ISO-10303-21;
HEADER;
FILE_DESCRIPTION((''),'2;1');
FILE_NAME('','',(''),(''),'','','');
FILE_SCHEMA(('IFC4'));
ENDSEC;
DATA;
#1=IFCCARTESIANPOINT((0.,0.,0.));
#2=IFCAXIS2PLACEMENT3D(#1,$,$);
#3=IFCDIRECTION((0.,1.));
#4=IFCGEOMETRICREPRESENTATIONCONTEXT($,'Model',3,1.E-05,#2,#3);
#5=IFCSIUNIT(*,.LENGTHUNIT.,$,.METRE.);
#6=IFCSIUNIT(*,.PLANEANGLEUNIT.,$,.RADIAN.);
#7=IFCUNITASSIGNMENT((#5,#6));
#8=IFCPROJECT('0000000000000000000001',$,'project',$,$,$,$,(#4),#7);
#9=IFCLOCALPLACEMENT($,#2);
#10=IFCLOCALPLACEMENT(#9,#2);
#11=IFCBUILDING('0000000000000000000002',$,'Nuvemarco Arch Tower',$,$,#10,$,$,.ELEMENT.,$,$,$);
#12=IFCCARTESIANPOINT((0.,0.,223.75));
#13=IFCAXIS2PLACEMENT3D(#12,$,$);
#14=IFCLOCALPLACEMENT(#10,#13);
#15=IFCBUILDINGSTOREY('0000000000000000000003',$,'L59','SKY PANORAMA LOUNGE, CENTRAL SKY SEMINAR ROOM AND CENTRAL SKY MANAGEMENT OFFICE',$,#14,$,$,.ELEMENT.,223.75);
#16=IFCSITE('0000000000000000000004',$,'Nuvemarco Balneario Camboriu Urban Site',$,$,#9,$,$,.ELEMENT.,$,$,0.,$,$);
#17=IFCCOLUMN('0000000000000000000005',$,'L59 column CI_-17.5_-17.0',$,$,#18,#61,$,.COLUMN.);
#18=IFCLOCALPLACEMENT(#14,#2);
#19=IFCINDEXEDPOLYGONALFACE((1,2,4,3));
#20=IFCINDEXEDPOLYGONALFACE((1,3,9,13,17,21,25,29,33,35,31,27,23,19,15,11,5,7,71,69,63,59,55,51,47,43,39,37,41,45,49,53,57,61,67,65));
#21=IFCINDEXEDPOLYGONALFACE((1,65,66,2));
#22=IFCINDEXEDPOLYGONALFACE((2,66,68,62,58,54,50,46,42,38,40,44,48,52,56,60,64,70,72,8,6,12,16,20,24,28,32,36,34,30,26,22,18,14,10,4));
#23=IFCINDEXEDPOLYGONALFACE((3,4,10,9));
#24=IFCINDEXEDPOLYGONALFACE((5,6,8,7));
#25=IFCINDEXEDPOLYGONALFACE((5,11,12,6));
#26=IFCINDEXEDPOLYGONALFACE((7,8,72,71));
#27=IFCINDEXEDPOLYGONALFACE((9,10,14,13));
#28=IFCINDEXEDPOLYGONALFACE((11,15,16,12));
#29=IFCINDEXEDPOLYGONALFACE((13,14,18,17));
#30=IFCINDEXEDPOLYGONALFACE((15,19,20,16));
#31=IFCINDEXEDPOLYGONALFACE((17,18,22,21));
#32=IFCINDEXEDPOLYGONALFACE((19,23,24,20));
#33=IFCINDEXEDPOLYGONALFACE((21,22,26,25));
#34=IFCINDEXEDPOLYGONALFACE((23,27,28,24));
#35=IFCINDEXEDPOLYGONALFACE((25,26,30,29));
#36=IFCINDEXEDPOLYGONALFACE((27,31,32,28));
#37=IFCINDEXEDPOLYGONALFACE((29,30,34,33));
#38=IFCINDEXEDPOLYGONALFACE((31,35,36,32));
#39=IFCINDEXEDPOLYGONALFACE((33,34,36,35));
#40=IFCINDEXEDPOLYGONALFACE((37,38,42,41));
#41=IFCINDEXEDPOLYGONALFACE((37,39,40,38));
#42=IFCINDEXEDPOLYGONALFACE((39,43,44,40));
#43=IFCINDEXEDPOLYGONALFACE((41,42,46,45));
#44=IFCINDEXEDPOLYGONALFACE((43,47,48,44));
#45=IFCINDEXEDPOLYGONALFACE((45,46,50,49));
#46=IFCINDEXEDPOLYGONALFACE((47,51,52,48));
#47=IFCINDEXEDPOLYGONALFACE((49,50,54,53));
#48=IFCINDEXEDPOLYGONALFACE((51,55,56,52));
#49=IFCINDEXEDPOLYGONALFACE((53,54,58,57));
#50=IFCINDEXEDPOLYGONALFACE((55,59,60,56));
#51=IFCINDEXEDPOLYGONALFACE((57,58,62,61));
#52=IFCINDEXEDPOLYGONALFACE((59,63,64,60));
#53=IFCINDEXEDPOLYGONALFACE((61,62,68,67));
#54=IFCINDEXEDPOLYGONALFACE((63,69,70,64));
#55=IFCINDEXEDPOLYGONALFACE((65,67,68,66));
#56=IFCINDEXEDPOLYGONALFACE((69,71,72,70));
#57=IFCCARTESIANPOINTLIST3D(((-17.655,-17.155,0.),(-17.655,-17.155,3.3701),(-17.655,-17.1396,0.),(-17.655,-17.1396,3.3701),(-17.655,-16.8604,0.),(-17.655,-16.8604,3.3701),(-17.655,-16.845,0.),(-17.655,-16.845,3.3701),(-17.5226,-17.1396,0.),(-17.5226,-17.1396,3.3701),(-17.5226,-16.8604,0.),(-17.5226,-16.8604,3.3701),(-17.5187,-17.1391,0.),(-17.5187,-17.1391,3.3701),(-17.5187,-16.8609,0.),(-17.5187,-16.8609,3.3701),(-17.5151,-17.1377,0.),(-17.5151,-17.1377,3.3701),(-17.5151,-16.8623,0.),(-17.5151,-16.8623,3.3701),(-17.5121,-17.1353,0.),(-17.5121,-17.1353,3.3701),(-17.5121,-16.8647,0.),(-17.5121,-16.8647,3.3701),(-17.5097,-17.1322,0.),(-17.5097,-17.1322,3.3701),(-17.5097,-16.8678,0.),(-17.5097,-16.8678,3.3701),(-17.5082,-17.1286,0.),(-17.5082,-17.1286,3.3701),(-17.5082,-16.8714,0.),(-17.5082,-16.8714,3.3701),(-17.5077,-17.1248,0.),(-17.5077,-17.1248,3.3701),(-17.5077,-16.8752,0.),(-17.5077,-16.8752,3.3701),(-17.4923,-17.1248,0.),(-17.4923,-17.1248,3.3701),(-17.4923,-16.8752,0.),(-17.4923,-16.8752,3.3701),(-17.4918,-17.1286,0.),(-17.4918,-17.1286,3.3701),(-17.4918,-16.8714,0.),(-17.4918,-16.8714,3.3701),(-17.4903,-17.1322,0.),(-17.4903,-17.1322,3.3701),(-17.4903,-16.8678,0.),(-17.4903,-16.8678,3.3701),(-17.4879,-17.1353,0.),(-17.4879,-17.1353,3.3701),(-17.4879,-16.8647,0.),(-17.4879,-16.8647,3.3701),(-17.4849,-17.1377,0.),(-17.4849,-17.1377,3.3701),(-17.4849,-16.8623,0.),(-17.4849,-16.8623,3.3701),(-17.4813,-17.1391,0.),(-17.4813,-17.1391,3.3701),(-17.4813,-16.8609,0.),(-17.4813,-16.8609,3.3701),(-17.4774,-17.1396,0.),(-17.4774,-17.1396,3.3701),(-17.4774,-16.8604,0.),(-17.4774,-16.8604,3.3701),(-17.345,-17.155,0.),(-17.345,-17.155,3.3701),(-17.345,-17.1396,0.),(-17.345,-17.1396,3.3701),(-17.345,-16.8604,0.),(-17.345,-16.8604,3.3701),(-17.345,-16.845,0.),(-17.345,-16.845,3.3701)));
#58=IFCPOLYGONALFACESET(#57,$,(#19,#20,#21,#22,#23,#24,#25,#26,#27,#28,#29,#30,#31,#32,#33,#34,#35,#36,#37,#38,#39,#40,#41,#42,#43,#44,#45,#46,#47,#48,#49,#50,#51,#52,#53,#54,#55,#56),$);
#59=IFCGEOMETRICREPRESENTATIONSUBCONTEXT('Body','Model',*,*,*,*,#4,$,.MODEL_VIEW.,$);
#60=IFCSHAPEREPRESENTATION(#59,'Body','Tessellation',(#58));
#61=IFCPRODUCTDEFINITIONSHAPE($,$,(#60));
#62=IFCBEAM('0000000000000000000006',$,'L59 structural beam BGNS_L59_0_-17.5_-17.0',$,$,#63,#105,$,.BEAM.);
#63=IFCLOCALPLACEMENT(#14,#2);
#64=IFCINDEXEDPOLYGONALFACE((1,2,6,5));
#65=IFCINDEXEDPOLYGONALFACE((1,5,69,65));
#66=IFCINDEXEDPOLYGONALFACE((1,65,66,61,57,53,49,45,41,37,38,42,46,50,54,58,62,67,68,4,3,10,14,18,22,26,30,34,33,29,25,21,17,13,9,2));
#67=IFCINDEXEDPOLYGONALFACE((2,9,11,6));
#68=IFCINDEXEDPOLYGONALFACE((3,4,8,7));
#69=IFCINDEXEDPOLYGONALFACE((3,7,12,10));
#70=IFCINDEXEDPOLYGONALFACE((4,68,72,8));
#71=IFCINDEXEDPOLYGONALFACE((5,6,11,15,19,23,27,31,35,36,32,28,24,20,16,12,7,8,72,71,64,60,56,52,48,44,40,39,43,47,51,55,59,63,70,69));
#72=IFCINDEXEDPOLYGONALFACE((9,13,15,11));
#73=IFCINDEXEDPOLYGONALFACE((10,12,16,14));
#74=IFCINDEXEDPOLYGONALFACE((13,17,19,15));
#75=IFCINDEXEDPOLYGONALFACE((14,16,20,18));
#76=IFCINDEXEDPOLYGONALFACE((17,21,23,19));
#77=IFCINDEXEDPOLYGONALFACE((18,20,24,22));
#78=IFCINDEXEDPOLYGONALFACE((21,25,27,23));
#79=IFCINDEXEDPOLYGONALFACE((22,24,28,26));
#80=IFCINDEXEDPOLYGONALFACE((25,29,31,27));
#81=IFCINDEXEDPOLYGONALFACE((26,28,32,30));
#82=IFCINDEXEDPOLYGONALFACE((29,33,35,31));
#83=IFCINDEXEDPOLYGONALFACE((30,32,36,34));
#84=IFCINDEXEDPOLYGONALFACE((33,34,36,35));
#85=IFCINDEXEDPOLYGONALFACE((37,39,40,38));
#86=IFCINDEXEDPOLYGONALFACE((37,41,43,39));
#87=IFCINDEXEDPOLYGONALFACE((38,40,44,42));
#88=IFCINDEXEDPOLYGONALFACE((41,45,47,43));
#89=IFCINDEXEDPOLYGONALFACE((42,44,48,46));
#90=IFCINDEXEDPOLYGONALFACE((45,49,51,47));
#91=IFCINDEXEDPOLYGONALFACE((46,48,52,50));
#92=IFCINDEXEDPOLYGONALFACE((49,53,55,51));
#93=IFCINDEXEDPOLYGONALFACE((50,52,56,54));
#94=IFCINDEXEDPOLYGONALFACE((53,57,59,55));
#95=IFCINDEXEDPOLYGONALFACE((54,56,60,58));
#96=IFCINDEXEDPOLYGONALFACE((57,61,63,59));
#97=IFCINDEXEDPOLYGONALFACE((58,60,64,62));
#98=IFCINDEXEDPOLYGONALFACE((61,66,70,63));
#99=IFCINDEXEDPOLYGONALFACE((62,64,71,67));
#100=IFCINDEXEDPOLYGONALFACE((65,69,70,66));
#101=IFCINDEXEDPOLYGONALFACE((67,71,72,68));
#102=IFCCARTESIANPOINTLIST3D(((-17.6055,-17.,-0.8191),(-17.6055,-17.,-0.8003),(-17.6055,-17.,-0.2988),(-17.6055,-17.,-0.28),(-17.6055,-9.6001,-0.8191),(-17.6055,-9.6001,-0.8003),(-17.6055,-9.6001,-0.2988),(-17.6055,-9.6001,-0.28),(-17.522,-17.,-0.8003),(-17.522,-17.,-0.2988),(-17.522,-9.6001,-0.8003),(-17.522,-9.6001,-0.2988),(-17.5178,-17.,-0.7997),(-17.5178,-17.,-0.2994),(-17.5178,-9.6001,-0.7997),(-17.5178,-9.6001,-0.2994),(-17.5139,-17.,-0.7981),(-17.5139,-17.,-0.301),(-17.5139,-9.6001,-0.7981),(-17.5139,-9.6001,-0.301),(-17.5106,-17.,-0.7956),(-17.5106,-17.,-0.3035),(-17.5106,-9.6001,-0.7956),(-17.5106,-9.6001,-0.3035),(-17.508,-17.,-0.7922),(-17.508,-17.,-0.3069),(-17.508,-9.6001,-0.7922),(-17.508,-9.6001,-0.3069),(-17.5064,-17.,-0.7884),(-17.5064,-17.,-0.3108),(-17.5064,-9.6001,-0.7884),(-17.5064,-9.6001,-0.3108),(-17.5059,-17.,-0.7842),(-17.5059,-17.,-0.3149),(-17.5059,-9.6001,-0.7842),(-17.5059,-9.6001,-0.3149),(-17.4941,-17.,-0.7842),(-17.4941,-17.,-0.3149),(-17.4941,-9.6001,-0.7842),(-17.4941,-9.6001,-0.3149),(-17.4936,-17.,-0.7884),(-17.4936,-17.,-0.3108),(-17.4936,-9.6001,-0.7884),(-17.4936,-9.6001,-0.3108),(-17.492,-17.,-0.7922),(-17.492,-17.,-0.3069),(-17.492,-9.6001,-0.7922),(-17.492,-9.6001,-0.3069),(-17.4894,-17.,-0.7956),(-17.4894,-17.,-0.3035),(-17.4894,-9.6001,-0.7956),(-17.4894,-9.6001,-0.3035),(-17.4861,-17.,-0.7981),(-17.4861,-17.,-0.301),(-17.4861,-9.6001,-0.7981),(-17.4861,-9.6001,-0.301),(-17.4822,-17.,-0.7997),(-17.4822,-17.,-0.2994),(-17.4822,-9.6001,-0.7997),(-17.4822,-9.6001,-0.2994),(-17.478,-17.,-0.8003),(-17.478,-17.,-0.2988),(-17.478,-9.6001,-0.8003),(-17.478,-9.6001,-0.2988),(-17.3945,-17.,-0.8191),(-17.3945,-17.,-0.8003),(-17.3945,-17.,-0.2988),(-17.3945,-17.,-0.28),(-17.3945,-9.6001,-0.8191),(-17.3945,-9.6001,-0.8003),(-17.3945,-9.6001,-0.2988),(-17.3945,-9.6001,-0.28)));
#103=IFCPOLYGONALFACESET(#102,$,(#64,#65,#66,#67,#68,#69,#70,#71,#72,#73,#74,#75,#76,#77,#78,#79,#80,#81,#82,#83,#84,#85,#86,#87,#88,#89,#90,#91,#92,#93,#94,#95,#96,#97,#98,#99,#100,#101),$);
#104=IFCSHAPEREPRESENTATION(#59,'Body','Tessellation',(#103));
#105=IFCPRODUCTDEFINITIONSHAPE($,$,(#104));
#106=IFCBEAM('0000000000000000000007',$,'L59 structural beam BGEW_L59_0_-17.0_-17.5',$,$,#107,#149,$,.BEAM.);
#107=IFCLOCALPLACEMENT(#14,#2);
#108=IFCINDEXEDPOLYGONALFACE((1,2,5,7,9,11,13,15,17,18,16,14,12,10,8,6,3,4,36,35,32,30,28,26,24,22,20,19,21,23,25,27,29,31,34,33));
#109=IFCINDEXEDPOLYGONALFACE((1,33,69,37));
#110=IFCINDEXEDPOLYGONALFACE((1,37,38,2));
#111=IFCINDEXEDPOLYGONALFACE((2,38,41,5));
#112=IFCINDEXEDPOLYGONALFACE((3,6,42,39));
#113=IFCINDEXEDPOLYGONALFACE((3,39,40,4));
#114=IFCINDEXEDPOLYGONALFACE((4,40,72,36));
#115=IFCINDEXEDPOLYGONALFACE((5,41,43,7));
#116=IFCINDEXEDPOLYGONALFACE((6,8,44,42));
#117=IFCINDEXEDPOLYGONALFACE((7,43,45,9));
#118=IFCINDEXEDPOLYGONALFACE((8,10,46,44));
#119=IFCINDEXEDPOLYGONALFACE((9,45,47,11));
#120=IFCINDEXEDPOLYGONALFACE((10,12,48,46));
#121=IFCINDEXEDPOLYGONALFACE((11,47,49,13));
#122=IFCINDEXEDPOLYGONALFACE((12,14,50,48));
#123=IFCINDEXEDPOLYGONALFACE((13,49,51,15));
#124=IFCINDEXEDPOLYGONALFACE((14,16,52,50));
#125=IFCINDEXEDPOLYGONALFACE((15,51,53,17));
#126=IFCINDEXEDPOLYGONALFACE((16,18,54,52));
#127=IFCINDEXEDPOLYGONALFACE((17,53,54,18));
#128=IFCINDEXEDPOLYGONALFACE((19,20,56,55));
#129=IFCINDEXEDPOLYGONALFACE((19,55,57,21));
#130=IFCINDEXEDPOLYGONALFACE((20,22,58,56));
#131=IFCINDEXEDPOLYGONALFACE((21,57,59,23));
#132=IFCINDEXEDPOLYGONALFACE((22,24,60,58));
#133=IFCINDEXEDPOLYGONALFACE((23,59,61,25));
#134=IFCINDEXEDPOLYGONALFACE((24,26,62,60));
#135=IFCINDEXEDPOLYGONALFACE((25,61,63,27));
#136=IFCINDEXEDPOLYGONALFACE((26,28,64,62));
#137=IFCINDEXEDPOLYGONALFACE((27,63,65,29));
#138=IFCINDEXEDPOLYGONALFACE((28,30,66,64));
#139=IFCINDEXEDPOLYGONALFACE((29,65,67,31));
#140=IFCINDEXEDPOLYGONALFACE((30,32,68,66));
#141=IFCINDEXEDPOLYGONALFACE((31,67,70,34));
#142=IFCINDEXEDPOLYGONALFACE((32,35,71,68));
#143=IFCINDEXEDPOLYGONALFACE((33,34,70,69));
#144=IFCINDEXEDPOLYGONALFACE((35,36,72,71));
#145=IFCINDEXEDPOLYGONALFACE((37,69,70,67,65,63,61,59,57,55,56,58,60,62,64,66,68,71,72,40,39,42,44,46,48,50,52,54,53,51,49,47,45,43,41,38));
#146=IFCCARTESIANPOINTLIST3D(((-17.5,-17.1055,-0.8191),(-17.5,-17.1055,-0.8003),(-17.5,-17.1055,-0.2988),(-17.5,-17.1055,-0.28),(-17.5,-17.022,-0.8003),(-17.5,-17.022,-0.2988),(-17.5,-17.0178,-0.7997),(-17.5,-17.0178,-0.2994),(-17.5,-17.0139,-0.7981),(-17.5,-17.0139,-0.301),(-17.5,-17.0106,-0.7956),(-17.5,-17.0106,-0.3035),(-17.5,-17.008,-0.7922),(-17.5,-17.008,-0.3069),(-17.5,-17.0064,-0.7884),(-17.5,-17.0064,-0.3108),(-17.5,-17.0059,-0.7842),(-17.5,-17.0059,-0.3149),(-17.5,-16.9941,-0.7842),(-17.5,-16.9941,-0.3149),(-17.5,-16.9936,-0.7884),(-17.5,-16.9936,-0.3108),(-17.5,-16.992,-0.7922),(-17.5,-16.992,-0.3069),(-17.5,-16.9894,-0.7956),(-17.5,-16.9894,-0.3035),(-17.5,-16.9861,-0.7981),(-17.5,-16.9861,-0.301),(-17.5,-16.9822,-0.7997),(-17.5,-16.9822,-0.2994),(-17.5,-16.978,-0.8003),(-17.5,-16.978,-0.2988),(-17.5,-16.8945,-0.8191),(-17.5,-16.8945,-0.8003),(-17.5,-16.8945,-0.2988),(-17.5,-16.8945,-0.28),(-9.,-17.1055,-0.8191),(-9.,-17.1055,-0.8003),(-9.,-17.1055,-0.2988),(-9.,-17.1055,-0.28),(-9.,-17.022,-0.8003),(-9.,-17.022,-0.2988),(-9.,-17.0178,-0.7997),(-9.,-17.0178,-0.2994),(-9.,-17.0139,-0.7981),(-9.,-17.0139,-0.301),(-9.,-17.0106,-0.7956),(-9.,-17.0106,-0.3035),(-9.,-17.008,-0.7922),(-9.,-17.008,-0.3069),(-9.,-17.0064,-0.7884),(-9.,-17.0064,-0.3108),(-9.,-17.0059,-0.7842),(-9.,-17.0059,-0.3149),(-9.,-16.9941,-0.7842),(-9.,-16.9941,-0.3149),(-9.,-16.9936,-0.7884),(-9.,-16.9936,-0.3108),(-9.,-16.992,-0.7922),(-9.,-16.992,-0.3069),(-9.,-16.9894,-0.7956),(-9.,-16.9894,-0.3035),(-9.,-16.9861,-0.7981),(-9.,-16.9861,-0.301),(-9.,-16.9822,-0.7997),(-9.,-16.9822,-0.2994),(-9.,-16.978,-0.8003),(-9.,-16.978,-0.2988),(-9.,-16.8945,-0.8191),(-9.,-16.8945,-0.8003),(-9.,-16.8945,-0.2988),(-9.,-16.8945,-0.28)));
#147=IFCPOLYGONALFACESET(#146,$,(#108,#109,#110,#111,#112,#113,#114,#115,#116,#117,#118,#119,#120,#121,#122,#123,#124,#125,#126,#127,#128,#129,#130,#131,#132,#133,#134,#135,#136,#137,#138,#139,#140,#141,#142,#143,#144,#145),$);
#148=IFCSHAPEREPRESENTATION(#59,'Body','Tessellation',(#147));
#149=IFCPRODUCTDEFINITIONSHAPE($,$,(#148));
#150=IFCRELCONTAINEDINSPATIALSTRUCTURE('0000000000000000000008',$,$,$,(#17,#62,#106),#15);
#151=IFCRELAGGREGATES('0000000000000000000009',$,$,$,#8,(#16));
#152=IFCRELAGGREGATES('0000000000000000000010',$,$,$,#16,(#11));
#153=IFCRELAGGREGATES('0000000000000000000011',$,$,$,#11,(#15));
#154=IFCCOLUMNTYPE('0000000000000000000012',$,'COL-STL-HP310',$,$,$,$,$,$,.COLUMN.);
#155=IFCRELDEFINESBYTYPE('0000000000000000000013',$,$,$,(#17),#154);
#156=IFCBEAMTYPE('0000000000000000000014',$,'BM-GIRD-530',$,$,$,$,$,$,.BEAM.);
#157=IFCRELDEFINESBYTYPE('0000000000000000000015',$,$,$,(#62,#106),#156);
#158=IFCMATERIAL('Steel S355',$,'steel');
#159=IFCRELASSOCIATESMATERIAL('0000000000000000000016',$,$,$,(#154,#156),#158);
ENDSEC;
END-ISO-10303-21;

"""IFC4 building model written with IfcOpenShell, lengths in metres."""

from ifc_helpers import new_model, si_unit, direction, frame, origin, origin_2d, place, context, subcontext, project, spatial, i_section, extrude, material, material_profile, profile_set, type_object, element, save


model = new_model("IFC4")

# Units and contexts
model_context = context("Model", 3, precision=1e-05, world=origin(), true_north=direction((0.0, 1.0)))
body_context = subcontext(model_context, "Body", "Model", "MODEL_VIEW")
ifc_project = project(units=[si_unit("LENGTHUNIT", "METRE"), si_unit("PLANEANGLEUNIT", "RADIAN")], contexts=[model_context])

# Site, building, storey
site_placement = place(None, origin())
site = spatial("IfcSite", under=ifc_project, at=site_placement, Name="Nuvemarco Balneario Camboriu Urban Site", CompositionType="ELEMENT", RefElevation=0.0)
building_placement = place(site_placement, origin())
building = spatial("IfcBuilding", under=site, at=building_placement, Name="Nuvemarco Arch Tower", CompositionType="ELEMENT")
storey_placement = place(building_placement, frame((0.0, 0.0, 223.75)))
storey = spatial("IfcBuildingStorey", under=building, at=storey_placement, Name="L59", Description="SKY PANORAMA LOUNGE, CENTRAL SKY SEMINAR ROOM AND CENTRAL SKY MANAGEMENT OFFICE", CompositionType="ELEMENT", Elevation=223.75)

# Column
ifc_material_1 = material(Name="Steel S355", Category="steel")
ifc_material_profile_1 = material_profile(ifc_material_1, i_section(OverallWidth=0.3101, OverallDepth=0.3101, WebThickness=0.0154, FlangeThickness=0.0154, FilletRadius=0.0149, at=origin_2d()), Name="HP310x110")
ifc_profile_set_1 = profile_set([ifc_material_profile_1], Name="Steel S355")
column_type = type_object("IfcColumnType", Name="COL-STL-HP310", PredefinedType="COLUMN", material=ifc_profile_set_1)
column_placement = place(storey_placement, frame((-17.5, -17.0, 0.0), z_axis=(0.0, 0.0, 1.0), x_axis=(1.0, 0.0, 0.0)))
element("IfcColumn", 1, at=column_placement, inside=storey, type_object=column_type, Name="L59 column CI_-17.5_-17.0", PredefinedType="COLUMN", context=body_context, shape_type="SweptSolid", body=[
    extrude(i_section(OverallWidth=0.3101, OverallDepth=0.3101, WebThickness=0.0154, FlangeThickness=0.0154, FilletRadius=0.0149, at=origin_2d()), origin(), (0.0, 0.0, 1.0), 3.3701),
])

# Beams
ifc_material_profile_2 = material_profile(ifc_material_1, i_section(OverallWidth=0.2109, OverallDepth=0.5391, WebThickness=0.0117, FlangeThickness=0.0188, FilletRadius=0.0161, at=origin_2d()), Name="W530x109")
ifc_profile_set_2 = profile_set([ifc_material_profile_2], Name="Steel S355")
beam_type = type_object("IfcBeamType", Name="BM-GIRD-530", PredefinedType="BEAM", material=ifc_profile_set_2)
beam_1_placement = place(storey_placement, frame((-17.5, -17.0, -0.5496), z_axis=(0.0, 1.0, 0.0), x_axis=(-1.0, 0.0, 0.0)))
element("IfcBeam", 2, at=beam_1_placement, inside=storey, type_object=beam_type, Name="L59 structural beam BGNS_L59_0_-17.5_-17.0", PredefinedType="BEAM", context=body_context, shape_type="SweptSolid", body=[
    extrude(i_section(OverallWidth=0.2109, OverallDepth=0.5391, WebThickness=0.0117, FlangeThickness=0.0188, FilletRadius=0.0161, at=origin_2d()), origin(), (0.0, 0.0, 1.0), 7.3999),
])
beam_2_placement = place(storey_placement, frame((-17.5, -17.0, -0.5496), z_axis=(1.0, 0.0, 0.0), x_axis=(0.0, 1.0, 0.0)))
element("IfcBeam", 3, at=beam_2_placement, inside=storey, type_object=beam_type, Name="L59 structural beam BGEW_L59_0_-17.0_-17.5", PredefinedType="BEAM", context=body_context, shape_type="SweptSolid", body=[
    extrude(i_section(OverallWidth=0.2109, OverallDepth=0.5391, WebThickness=0.0117, FlangeThickness=0.0188, FilletRadius=0.0161, at=origin_2d()), origin(), (0.0, 0.0, 1.0), 8.5),
])

save(model, "model.ifc")
